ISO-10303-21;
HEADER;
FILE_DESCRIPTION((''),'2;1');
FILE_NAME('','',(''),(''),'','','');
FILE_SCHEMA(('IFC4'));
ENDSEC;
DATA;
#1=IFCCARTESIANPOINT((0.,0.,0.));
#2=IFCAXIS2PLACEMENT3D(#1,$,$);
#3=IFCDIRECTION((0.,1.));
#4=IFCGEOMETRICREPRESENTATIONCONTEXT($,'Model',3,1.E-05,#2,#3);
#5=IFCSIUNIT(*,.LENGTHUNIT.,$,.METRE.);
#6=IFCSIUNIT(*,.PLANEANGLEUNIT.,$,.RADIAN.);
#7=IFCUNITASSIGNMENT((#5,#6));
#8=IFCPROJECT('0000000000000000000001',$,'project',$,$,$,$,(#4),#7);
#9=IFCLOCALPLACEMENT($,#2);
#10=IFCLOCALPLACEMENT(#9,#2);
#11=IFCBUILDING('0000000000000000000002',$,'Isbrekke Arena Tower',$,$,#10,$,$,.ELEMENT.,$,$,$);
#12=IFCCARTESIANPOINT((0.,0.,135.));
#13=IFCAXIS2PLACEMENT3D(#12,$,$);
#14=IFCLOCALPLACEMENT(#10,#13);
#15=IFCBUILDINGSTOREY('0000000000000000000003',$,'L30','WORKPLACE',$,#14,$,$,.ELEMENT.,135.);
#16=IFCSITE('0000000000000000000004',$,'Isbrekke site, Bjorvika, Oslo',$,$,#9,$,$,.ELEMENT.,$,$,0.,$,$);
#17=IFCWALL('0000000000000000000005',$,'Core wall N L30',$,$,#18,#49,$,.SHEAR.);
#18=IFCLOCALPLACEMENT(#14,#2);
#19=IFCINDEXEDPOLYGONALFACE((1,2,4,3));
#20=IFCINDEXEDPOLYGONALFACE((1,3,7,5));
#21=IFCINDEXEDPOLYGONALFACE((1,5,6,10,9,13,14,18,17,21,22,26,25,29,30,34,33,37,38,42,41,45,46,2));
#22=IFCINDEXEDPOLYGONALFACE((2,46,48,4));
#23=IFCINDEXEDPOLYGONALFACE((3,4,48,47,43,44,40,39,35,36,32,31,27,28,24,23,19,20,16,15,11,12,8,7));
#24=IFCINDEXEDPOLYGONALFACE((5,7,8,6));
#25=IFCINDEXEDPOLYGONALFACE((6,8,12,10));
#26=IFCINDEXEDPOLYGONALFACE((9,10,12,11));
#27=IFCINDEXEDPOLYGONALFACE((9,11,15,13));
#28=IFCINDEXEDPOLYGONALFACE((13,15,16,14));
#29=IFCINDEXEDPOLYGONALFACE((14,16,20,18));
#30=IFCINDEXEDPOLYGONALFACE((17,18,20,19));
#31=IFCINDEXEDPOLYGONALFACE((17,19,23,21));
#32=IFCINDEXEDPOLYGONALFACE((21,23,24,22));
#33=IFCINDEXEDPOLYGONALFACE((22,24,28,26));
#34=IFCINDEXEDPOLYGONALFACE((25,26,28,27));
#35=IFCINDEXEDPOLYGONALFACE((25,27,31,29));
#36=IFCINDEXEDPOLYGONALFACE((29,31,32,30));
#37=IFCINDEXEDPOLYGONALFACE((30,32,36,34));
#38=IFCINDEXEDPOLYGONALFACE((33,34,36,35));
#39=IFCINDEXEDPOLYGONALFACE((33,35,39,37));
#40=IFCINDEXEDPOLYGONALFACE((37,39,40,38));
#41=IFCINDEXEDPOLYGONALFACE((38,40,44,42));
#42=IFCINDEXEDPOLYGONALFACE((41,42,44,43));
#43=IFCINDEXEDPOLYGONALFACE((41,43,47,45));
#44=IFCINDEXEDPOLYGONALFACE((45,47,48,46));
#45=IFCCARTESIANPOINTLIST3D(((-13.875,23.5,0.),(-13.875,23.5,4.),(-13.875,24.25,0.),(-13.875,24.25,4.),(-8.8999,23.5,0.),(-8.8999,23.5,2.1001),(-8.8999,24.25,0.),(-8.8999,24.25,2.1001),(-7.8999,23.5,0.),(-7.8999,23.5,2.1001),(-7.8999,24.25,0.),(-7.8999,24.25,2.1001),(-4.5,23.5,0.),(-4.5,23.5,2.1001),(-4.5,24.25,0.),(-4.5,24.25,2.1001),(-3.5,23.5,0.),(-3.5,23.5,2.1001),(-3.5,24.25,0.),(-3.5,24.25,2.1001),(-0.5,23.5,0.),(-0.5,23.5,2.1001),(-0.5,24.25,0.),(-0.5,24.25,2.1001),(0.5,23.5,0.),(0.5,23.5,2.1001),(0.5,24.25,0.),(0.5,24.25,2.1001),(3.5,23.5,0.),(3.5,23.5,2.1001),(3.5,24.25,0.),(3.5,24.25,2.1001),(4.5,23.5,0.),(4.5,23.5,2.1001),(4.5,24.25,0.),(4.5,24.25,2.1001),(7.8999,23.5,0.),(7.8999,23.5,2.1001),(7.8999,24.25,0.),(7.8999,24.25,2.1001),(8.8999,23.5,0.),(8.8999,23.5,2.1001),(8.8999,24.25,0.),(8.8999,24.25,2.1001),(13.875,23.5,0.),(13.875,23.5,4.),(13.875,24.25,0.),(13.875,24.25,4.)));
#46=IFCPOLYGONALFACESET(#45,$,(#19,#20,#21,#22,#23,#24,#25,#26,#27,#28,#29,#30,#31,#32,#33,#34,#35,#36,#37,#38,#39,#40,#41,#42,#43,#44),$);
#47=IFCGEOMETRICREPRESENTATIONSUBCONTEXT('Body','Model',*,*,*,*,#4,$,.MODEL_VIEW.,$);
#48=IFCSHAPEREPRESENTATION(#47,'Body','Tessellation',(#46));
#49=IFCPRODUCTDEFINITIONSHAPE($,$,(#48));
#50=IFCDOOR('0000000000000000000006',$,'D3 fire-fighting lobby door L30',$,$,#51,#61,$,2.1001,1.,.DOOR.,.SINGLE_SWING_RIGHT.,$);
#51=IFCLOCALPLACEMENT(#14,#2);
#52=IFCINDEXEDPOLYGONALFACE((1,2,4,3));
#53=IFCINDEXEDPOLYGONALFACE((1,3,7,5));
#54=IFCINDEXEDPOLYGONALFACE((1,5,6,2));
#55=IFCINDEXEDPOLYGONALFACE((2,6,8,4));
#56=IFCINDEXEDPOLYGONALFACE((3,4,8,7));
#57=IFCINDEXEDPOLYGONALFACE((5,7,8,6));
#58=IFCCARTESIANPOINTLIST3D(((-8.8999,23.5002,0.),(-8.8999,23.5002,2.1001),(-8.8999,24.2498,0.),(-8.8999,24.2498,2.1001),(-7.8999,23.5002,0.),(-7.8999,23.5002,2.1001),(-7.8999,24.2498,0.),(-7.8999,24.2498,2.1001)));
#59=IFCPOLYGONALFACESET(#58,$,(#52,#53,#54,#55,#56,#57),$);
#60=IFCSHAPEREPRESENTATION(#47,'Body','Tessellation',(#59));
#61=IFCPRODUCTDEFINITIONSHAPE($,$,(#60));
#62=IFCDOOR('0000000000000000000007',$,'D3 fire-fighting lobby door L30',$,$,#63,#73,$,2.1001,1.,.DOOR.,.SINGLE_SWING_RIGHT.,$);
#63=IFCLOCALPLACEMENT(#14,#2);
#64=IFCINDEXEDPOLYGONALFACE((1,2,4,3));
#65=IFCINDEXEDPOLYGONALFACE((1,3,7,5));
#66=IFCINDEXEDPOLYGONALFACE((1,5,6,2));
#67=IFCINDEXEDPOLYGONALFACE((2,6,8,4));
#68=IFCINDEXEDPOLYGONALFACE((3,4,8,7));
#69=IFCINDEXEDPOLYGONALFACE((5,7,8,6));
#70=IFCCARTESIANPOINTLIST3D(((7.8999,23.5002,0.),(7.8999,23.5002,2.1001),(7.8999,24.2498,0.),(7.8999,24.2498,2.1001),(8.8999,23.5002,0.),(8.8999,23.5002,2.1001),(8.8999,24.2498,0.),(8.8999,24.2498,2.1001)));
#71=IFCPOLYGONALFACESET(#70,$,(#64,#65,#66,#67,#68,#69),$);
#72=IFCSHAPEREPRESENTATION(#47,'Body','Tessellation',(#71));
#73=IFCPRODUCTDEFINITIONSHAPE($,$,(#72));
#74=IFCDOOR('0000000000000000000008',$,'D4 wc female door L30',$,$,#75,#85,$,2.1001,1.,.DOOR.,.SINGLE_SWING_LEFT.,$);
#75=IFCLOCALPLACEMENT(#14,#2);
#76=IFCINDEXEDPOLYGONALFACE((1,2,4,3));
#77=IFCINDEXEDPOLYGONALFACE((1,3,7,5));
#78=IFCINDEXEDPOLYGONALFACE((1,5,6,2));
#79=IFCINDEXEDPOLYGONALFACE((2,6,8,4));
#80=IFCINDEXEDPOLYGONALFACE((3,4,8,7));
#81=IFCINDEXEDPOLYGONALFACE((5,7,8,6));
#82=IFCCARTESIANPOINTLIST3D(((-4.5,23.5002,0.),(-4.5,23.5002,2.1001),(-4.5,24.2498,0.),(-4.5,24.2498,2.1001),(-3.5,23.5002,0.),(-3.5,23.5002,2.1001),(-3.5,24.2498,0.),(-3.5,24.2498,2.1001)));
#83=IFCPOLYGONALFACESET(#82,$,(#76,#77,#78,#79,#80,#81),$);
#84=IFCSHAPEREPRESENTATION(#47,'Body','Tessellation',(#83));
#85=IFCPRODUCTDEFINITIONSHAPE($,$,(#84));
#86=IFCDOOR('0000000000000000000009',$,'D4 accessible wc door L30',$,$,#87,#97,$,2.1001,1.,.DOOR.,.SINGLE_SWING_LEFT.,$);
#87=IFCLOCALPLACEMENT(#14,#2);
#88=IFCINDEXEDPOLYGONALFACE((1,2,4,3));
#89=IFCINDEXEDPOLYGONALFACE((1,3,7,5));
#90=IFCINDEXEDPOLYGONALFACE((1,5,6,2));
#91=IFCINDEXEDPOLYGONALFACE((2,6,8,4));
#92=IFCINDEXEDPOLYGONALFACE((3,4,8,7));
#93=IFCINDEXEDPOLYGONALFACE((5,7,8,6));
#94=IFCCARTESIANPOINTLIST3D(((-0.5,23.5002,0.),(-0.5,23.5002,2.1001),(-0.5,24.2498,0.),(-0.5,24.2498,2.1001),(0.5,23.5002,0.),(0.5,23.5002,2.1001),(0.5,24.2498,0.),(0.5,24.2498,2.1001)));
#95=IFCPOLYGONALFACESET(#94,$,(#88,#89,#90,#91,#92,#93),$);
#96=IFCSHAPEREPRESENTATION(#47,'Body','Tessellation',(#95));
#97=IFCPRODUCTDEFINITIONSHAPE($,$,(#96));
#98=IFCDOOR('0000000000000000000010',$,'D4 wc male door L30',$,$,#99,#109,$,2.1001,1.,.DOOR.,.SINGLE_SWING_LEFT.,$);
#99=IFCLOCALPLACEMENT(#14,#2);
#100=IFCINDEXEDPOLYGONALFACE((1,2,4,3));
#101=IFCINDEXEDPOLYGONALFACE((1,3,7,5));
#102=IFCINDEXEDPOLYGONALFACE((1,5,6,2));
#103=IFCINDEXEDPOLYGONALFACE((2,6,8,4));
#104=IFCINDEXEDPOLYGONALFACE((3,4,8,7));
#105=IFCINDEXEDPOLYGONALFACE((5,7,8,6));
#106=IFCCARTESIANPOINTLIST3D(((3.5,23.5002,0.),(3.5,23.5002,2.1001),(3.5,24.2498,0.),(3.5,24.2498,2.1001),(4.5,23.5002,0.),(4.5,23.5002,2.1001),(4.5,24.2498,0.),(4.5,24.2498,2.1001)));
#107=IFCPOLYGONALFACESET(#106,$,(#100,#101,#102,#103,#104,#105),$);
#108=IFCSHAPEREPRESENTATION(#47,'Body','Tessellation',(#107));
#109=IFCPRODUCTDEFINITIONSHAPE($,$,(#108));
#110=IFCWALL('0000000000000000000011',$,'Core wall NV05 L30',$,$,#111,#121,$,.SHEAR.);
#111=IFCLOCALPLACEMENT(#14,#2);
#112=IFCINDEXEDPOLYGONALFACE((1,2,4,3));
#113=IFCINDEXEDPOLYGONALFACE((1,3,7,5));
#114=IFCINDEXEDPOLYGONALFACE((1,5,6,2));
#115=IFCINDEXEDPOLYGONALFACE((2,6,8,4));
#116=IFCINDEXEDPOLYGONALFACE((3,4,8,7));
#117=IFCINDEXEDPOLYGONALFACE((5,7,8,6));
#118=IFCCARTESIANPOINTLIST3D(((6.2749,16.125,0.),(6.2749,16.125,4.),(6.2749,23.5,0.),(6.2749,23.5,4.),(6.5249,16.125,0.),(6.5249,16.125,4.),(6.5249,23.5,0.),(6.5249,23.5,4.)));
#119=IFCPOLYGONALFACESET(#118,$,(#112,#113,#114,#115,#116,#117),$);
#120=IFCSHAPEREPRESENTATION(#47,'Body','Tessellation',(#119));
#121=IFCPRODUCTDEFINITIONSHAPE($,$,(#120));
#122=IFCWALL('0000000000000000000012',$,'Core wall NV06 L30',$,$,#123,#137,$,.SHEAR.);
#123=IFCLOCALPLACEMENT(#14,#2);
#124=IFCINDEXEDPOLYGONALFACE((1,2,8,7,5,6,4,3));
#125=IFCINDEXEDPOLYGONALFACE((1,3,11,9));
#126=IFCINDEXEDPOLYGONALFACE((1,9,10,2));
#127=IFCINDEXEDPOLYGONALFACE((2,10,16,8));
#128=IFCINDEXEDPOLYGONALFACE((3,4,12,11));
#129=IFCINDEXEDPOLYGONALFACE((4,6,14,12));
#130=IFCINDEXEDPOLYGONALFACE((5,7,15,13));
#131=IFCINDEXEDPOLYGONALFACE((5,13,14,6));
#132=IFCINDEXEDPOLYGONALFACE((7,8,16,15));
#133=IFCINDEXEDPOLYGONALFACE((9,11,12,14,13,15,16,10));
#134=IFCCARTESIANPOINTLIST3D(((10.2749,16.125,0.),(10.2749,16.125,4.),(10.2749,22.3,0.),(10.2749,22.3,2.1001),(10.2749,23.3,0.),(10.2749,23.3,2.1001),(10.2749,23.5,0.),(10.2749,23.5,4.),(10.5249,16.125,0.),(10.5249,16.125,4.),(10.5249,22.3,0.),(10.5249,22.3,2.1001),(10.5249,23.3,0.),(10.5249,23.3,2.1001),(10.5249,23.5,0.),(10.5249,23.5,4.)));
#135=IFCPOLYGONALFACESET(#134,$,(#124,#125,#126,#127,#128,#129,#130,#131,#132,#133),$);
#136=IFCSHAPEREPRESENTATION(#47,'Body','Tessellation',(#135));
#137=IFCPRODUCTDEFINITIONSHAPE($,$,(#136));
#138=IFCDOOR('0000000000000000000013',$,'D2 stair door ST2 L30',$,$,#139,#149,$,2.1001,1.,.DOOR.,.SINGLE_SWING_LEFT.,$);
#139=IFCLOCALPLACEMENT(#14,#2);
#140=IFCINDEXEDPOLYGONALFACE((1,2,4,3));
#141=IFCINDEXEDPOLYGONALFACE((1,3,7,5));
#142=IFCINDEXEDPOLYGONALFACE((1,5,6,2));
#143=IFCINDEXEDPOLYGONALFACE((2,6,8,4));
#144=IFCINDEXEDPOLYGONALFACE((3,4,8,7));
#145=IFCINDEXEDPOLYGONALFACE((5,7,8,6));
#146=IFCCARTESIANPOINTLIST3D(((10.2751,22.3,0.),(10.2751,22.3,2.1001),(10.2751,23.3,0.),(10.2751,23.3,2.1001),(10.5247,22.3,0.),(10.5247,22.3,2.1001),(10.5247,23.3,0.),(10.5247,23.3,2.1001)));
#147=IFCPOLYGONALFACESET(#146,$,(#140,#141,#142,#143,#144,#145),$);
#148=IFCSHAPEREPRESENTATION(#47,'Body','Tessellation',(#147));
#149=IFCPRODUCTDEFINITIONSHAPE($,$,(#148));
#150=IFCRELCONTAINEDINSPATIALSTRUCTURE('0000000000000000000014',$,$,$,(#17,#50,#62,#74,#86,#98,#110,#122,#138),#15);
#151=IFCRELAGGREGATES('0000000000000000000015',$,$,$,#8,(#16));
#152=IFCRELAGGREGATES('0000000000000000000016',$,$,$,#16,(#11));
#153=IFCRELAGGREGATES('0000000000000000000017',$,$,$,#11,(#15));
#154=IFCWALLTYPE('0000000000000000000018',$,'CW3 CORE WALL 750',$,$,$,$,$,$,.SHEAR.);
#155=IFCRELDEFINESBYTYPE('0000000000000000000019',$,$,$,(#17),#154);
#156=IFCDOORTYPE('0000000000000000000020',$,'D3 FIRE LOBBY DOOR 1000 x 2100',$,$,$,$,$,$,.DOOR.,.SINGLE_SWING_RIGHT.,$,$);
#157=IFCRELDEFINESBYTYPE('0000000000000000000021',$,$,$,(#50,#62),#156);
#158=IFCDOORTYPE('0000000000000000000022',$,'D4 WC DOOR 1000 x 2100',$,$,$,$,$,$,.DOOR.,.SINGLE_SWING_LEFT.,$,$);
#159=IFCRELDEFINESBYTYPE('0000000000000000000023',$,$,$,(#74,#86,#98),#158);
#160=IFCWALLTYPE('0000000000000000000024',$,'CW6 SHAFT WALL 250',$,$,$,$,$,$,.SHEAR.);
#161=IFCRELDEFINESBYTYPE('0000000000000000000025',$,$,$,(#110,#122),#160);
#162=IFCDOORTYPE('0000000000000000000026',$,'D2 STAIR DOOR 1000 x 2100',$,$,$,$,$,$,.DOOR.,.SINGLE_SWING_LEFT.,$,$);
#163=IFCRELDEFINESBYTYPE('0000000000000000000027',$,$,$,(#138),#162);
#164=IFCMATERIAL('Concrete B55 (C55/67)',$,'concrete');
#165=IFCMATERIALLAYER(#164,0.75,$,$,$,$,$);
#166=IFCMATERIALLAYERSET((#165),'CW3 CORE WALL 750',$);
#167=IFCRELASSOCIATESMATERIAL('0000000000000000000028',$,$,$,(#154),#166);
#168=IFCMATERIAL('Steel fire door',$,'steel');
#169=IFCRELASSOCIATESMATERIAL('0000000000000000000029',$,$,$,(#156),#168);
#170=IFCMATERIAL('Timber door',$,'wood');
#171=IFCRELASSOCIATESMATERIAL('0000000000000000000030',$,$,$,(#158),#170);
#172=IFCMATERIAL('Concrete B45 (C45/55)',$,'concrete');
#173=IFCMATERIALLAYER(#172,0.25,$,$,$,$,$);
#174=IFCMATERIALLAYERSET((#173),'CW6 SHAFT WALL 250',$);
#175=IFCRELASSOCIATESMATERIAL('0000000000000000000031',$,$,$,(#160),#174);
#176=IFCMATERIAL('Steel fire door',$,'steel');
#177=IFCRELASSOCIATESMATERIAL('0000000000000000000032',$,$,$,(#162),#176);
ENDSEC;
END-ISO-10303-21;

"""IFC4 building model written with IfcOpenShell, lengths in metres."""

from ifc_helpers import new_model, si_unit, direction, frame, frame_2d, origin, place, context, subcontext, project, spatial, rectangle, extrude, material, layer, layer_set, type_object, element, fill, save


model = new_model("IFC4")

# Units and contexts
model_context = context("Model", 3, precision=1e-05, world=origin(), true_north=direction((0.0, 1.0)))
body_context = subcontext(model_context, "Body", "Model", "MODEL_VIEW")
ifc_project = project(units=[si_unit("LENGTHUNIT", "METRE"), si_unit("PLANEANGLEUNIT", "RADIAN")], contexts=[model_context])

# Site, building, storey
site_placement = place(None, origin())
site = spatial("IfcSite", under=ifc_project, at=site_placement, Name="Isbrekke site, Bjorvika, Oslo", CompositionType="ELEMENT", RefElevation=0.0)
building_placement = place(site_placement, origin())
building = spatial("IfcBuilding", under=site, at=building_placement, Name="Isbrekke Arena Tower", CompositionType="ELEMENT")
storey_placement = place(building_placement, frame((0.0, 0.0, 135.0)))
storey = spatial("IfcBuildingStorey", under=building, at=storey_placement, Name="L30", Description="WORKPLACE", CompositionType="ELEMENT", Elevation=135.0)

# Wall, openings, doors
ifc_material_1 = material(Name="Concrete B55 (C55/67)", Category="concrete")
ifc_layer_1 = layer(ifc_material_1, 0.75)
ifc_layer_set_1 = layer_set([ifc_layer_1], Name="CW3 CORE WALL 750")
wall_type_1 = type_object("IfcWallType", Name="CW3 CORE WALL 750", PredefinedType="SHEAR", material=ifc_layer_set_1)
wall_1_placement = place(storey_placement, frame((13.875, 23.875, 0.0), z_axis=(0.0, 0.0, 1.0), x_axis=(-1.0, 0.0, 0.0)))
wall_1 = element("IfcWall", 1, at=wall_1_placement, inside=storey, type_object=wall_type_1, Name="Core wall N L30", PredefinedType="SHEAR", context=body_context, shape_type="SweptSolid", body=[
    extrude(rectangle(XDim=27.75, YDim=0.75, at=frame_2d((13.875, 0.0))), origin(), (0.0, 0.0, 1.0), 4.0),
])
opening_1_placement = place(wall_1_placement, frame((21.7749, 0.0, 0.0)))
opening_1 = element("IfcOpeningElement", 2, at=opening_1_placement, cuts=wall_1, PredefinedType="OPENING", context=body_context, shape_type="SweptSolid", body=[
    extrude(rectangle(XDim=1.0, YDim=2.1001, at=frame_2d((0.5, 1.05))), frame((0.0, 0.3899, 0.0), z_axis=(0.0, -1.0, 0.0), x_axis=(1.0, 0.0, 0.0)), (0.0, 0.0, 1.0), 0.7798),
])
opening_2_placement = place(wall_1_placement, frame((4.9751, 0.0, 0.0)))
opening_2 = element("IfcOpeningElement", 3, at=opening_2_placement, cuts=wall_1, PredefinedType="OPENING", context=body_context, shape_type="SweptSolid", body=[
    extrude(rectangle(XDim=1.0, YDim=2.1001, at=frame_2d((0.5, 1.05))), frame((0.0, 0.3899, 0.0), z_axis=(0.0, -1.0, 0.0), x_axis=(1.0, 0.0, 0.0)), (0.0, 0.0, 1.0), 0.7798),
])
opening_3_placement = place(wall_1_placement, frame((17.375, 0.0, 0.0)))
opening_3 = element("IfcOpeningElement", 4, at=opening_3_placement, cuts=wall_1, PredefinedType="OPENING", context=body_context, shape_type="SweptSolid", body=[
    extrude(rectangle(XDim=1.0, YDim=2.1001, at=frame_2d((0.5, 1.05))), frame((0.0, 0.3899, 0.0), z_axis=(0.0, -1.0, 0.0), x_axis=(1.0, 0.0, 0.0)), (0.0, 0.0, 1.0), 0.7798),
])
opening_4_placement = place(wall_1_placement, frame((13.375, 0.0, 0.0)))
opening_4 = element("IfcOpeningElement", 5, at=opening_4_placement, cuts=wall_1, PredefinedType="OPENING", context=body_context, shape_type="SweptSolid", body=[
    extrude(rectangle(XDim=1.0, YDim=2.1001, at=frame_2d((0.5, 1.05))), frame((0.0, 0.3899, 0.0), z_axis=(0.0, -1.0, 0.0), x_axis=(1.0, 0.0, 0.0)), (0.0, 0.0, 1.0), 0.7798),
])
opening_5_placement = place(wall_1_placement, frame((9.375, 0.0, 0.0)))
opening_5 = element("IfcOpeningElement", 6, at=opening_5_placement, cuts=wall_1, PredefinedType="OPENING", context=body_context, shape_type="SweptSolid", body=[
    extrude(rectangle(XDim=1.0, YDim=2.1001, at=frame_2d((0.5, 1.05))), frame((0.0, 0.3899, 0.0), z_axis=(0.0, -1.0, 0.0), x_axis=(1.0, 0.0, 0.0)), (0.0, 0.0, 1.0), 0.7798),
])
ifc_material_2 = material(Name="Steel fire door", Category="steel")
door_type_1 = type_object("IfcDoorType", Name="D3 FIRE LOBBY DOOR 1000 x 2100", OperationType="SINGLE_SWING_RIGHT", PredefinedType="DOOR", material=ifc_material_2)
door_1_placement = place(opening_1_placement, origin())
door_1 = element("IfcDoor", 7, at=door_1_placement, inside=storey, type_object=door_type_1, Name="D3 fire-fighting lobby door L30", OperationType="SINGLE_SWING_RIGHT", OverallHeight=2.1001, OverallWidth=1.0, PredefinedType="DOOR", context=body_context, shape_type="SweptSolid", body=[
    extrude(rectangle(XDim=1.0, YDim=2.1001, at=frame_2d((0.5, 1.05))), frame((0.0, 0.3748, 0.0), z_axis=(0.0, -1.0, 0.0), x_axis=(1.0, 0.0, 0.0)), (0.0, 0.0, 1.0), 0.7495),
])
fill(opening_1, door_1)
door_2_placement = place(opening_2_placement, origin())
door_2 = element("IfcDoor", 8, at=door_2_placement, inside=storey, type_object=door_type_1, Name="D3 fire-fighting lobby door L30", OperationType="SINGLE_SWING_RIGHT", OverallHeight=2.1001, OverallWidth=1.0, PredefinedType="DOOR", context=body_context, shape_type="SweptSolid", body=[
    extrude(rectangle(XDim=1.0, YDim=2.1001, at=frame_2d((0.5, 1.05))), frame((0.0, 0.3748, 0.0), z_axis=(0.0, -1.0, 0.0), x_axis=(1.0, 0.0, 0.0)), (0.0, 0.0, 1.0), 0.7495),
])
fill(opening_2, door_2)
ifc_material_3 = material(Name="Timber door", Category="wood")
door_type_2 = type_object("IfcDoorType", Name="D4 WC DOOR 1000 x 2100", OperationType="SINGLE_SWING_LEFT", PredefinedType="DOOR", material=ifc_material_3)
door_3_placement = place(opening_3_placement, origin())
door_3 = element("IfcDoor", 9, at=door_3_placement, inside=storey, type_object=door_type_2, Name="D4 wc female door L30", OperationType="SINGLE_SWING_LEFT", OverallHeight=2.1001, OverallWidth=1.0, PredefinedType="DOOR", context=body_context, shape_type="SweptSolid", body=[
    extrude(rectangle(XDim=1.0, YDim=2.1001, at=frame_2d((0.5, 1.05))), frame((0.0, 0.3748, 0.0), z_axis=(0.0, -1.0, 0.0), x_axis=(1.0, 0.0, 0.0)), (0.0, 0.0, 1.0), 0.7495),
])
fill(opening_3, door_3)
door_4_placement = place(opening_4_placement, origin())
door_4 = element("IfcDoor", 10, at=door_4_placement, inside=storey, type_object=door_type_2, Name="D4 accessible wc door L30", OperationType="SINGLE_SWING_LEFT", OverallHeight=2.1001, OverallWidth=1.0, PredefinedType="DOOR", context=body_context, shape_type="SweptSolid", body=[
    extrude(rectangle(XDim=1.0, YDim=2.1001, at=frame_2d((0.5, 1.05))), frame((0.0, 0.3748, 0.0), z_axis=(0.0, -1.0, 0.0), x_axis=(1.0, 0.0, 0.0)), (0.0, 0.0, 1.0), 0.7495),
])
fill(opening_4, door_4)
door_5_placement = place(opening_5_placement, origin())
door_5 = element("IfcDoor", 11, at=door_5_placement, inside=storey, type_object=door_type_2, Name="D4 wc male door L30", OperationType="SINGLE_SWING_LEFT", OverallHeight=2.1001, OverallWidth=1.0, PredefinedType="DOOR", context=body_context, shape_type="SweptSolid", body=[
    extrude(rectangle(XDim=1.0, YDim=2.1001, at=frame_2d((0.5, 1.05))), frame((0.0, 0.3748, 0.0), z_axis=(0.0, -1.0, 0.0), x_axis=(1.0, 0.0, 0.0)), (0.0, 0.0, 1.0), 0.7495),
])
fill(opening_5, door_5)

# Wall
ifc_material_4 = material(Name="Concrete B45 (C45/55)", Category="concrete")
ifc_layer_2 = layer(ifc_material_4, 0.25)
ifc_layer_set_2 = layer_set([ifc_layer_2], Name="CW6 SHAFT WALL 250")
wall_type_2 = type_object("IfcWallType", Name="CW6 SHAFT WALL 250", PredefinedType="SHEAR", material=ifc_layer_set_2)
wall_2_placement = place(storey_placement, frame((6.3999, 16.125, 0.0), z_axis=(0.0, 0.0, 1.0), x_axis=(0.0, 1.0, 0.0)))
element("IfcWall", 12, at=wall_2_placement, inside=storey, type_object=wall_type_2, Name="Core wall NV05 L30", PredefinedType="SHEAR", context=body_context, shape_type="SweptSolid", body=[
    extrude(rectangle(XDim=7.375, YDim=0.25, at=frame_2d((3.6875, 0.0))), origin(), (0.0, 0.0, 1.0), 4.0),
])

# Wall, opening, door
wall_3_placement = place(storey_placement, frame((10.3999, 16.125, 0.0), z_axis=(0.0, 0.0, 1.0), x_axis=(0.0, 1.0, 0.0)))
wall_3 = element("IfcWall", 13, at=wall_3_placement, inside=storey, type_object=wall_type_2, Name="Core wall NV06 L30", PredefinedType="SHEAR", context=body_context, shape_type="SweptSolid", body=[
    extrude(rectangle(XDim=7.375, YDim=0.25, at=frame_2d((3.6875, 0.0))), origin(), (0.0, 0.0, 1.0), 4.0),
])
opening_6_placement = place(wall_3_placement, frame((6.175, 0.0, 0.0)))
opening_6 = element("IfcOpeningElement", 14, at=opening_6_placement, cuts=wall_3, PredefinedType="OPENING", context=body_context, shape_type="SweptSolid", body=[
    extrude(rectangle(XDim=1.0, YDim=2.1001, at=frame_2d((0.5, 1.05))), frame((0.0, 0.1399, 0.0), z_axis=(0.0, -1.0, 0.0), x_axis=(1.0, 0.0, 0.0)), (0.0, 0.0, 1.0), 0.2798),
])
ifc_material_5 = material(Name="Steel fire door", Category="steel")
door_type_3 = type_object("IfcDoorType", Name="D2 STAIR DOOR 1000 x 2100", OperationType="SINGLE_SWING_LEFT", PredefinedType="DOOR", material=ifc_material_5)
door_6_placement = place(opening_6_placement, origin())
door_6 = element("IfcDoor", 15, at=door_6_placement, inside=storey, type_object=door_type_3, Name="D2 stair door ST2 L30", OperationType="SINGLE_SWING_LEFT", OverallHeight=2.1001, OverallWidth=1.0, PredefinedType="DOOR", context=body_context, shape_type="SweptSolid", body=[
    extrude(rectangle(XDim=1.0, YDim=2.1001, at=frame_2d((0.5, 1.05))), frame((0.0, 0.1248, 0.0), z_axis=(0.0, -1.0, 0.0), x_axis=(1.0, 0.0, 0.0)), (0.0, 0.0, 1.0), 0.2495),
])
fill(opening_6, door_6)

save(model, "model.ifc")
